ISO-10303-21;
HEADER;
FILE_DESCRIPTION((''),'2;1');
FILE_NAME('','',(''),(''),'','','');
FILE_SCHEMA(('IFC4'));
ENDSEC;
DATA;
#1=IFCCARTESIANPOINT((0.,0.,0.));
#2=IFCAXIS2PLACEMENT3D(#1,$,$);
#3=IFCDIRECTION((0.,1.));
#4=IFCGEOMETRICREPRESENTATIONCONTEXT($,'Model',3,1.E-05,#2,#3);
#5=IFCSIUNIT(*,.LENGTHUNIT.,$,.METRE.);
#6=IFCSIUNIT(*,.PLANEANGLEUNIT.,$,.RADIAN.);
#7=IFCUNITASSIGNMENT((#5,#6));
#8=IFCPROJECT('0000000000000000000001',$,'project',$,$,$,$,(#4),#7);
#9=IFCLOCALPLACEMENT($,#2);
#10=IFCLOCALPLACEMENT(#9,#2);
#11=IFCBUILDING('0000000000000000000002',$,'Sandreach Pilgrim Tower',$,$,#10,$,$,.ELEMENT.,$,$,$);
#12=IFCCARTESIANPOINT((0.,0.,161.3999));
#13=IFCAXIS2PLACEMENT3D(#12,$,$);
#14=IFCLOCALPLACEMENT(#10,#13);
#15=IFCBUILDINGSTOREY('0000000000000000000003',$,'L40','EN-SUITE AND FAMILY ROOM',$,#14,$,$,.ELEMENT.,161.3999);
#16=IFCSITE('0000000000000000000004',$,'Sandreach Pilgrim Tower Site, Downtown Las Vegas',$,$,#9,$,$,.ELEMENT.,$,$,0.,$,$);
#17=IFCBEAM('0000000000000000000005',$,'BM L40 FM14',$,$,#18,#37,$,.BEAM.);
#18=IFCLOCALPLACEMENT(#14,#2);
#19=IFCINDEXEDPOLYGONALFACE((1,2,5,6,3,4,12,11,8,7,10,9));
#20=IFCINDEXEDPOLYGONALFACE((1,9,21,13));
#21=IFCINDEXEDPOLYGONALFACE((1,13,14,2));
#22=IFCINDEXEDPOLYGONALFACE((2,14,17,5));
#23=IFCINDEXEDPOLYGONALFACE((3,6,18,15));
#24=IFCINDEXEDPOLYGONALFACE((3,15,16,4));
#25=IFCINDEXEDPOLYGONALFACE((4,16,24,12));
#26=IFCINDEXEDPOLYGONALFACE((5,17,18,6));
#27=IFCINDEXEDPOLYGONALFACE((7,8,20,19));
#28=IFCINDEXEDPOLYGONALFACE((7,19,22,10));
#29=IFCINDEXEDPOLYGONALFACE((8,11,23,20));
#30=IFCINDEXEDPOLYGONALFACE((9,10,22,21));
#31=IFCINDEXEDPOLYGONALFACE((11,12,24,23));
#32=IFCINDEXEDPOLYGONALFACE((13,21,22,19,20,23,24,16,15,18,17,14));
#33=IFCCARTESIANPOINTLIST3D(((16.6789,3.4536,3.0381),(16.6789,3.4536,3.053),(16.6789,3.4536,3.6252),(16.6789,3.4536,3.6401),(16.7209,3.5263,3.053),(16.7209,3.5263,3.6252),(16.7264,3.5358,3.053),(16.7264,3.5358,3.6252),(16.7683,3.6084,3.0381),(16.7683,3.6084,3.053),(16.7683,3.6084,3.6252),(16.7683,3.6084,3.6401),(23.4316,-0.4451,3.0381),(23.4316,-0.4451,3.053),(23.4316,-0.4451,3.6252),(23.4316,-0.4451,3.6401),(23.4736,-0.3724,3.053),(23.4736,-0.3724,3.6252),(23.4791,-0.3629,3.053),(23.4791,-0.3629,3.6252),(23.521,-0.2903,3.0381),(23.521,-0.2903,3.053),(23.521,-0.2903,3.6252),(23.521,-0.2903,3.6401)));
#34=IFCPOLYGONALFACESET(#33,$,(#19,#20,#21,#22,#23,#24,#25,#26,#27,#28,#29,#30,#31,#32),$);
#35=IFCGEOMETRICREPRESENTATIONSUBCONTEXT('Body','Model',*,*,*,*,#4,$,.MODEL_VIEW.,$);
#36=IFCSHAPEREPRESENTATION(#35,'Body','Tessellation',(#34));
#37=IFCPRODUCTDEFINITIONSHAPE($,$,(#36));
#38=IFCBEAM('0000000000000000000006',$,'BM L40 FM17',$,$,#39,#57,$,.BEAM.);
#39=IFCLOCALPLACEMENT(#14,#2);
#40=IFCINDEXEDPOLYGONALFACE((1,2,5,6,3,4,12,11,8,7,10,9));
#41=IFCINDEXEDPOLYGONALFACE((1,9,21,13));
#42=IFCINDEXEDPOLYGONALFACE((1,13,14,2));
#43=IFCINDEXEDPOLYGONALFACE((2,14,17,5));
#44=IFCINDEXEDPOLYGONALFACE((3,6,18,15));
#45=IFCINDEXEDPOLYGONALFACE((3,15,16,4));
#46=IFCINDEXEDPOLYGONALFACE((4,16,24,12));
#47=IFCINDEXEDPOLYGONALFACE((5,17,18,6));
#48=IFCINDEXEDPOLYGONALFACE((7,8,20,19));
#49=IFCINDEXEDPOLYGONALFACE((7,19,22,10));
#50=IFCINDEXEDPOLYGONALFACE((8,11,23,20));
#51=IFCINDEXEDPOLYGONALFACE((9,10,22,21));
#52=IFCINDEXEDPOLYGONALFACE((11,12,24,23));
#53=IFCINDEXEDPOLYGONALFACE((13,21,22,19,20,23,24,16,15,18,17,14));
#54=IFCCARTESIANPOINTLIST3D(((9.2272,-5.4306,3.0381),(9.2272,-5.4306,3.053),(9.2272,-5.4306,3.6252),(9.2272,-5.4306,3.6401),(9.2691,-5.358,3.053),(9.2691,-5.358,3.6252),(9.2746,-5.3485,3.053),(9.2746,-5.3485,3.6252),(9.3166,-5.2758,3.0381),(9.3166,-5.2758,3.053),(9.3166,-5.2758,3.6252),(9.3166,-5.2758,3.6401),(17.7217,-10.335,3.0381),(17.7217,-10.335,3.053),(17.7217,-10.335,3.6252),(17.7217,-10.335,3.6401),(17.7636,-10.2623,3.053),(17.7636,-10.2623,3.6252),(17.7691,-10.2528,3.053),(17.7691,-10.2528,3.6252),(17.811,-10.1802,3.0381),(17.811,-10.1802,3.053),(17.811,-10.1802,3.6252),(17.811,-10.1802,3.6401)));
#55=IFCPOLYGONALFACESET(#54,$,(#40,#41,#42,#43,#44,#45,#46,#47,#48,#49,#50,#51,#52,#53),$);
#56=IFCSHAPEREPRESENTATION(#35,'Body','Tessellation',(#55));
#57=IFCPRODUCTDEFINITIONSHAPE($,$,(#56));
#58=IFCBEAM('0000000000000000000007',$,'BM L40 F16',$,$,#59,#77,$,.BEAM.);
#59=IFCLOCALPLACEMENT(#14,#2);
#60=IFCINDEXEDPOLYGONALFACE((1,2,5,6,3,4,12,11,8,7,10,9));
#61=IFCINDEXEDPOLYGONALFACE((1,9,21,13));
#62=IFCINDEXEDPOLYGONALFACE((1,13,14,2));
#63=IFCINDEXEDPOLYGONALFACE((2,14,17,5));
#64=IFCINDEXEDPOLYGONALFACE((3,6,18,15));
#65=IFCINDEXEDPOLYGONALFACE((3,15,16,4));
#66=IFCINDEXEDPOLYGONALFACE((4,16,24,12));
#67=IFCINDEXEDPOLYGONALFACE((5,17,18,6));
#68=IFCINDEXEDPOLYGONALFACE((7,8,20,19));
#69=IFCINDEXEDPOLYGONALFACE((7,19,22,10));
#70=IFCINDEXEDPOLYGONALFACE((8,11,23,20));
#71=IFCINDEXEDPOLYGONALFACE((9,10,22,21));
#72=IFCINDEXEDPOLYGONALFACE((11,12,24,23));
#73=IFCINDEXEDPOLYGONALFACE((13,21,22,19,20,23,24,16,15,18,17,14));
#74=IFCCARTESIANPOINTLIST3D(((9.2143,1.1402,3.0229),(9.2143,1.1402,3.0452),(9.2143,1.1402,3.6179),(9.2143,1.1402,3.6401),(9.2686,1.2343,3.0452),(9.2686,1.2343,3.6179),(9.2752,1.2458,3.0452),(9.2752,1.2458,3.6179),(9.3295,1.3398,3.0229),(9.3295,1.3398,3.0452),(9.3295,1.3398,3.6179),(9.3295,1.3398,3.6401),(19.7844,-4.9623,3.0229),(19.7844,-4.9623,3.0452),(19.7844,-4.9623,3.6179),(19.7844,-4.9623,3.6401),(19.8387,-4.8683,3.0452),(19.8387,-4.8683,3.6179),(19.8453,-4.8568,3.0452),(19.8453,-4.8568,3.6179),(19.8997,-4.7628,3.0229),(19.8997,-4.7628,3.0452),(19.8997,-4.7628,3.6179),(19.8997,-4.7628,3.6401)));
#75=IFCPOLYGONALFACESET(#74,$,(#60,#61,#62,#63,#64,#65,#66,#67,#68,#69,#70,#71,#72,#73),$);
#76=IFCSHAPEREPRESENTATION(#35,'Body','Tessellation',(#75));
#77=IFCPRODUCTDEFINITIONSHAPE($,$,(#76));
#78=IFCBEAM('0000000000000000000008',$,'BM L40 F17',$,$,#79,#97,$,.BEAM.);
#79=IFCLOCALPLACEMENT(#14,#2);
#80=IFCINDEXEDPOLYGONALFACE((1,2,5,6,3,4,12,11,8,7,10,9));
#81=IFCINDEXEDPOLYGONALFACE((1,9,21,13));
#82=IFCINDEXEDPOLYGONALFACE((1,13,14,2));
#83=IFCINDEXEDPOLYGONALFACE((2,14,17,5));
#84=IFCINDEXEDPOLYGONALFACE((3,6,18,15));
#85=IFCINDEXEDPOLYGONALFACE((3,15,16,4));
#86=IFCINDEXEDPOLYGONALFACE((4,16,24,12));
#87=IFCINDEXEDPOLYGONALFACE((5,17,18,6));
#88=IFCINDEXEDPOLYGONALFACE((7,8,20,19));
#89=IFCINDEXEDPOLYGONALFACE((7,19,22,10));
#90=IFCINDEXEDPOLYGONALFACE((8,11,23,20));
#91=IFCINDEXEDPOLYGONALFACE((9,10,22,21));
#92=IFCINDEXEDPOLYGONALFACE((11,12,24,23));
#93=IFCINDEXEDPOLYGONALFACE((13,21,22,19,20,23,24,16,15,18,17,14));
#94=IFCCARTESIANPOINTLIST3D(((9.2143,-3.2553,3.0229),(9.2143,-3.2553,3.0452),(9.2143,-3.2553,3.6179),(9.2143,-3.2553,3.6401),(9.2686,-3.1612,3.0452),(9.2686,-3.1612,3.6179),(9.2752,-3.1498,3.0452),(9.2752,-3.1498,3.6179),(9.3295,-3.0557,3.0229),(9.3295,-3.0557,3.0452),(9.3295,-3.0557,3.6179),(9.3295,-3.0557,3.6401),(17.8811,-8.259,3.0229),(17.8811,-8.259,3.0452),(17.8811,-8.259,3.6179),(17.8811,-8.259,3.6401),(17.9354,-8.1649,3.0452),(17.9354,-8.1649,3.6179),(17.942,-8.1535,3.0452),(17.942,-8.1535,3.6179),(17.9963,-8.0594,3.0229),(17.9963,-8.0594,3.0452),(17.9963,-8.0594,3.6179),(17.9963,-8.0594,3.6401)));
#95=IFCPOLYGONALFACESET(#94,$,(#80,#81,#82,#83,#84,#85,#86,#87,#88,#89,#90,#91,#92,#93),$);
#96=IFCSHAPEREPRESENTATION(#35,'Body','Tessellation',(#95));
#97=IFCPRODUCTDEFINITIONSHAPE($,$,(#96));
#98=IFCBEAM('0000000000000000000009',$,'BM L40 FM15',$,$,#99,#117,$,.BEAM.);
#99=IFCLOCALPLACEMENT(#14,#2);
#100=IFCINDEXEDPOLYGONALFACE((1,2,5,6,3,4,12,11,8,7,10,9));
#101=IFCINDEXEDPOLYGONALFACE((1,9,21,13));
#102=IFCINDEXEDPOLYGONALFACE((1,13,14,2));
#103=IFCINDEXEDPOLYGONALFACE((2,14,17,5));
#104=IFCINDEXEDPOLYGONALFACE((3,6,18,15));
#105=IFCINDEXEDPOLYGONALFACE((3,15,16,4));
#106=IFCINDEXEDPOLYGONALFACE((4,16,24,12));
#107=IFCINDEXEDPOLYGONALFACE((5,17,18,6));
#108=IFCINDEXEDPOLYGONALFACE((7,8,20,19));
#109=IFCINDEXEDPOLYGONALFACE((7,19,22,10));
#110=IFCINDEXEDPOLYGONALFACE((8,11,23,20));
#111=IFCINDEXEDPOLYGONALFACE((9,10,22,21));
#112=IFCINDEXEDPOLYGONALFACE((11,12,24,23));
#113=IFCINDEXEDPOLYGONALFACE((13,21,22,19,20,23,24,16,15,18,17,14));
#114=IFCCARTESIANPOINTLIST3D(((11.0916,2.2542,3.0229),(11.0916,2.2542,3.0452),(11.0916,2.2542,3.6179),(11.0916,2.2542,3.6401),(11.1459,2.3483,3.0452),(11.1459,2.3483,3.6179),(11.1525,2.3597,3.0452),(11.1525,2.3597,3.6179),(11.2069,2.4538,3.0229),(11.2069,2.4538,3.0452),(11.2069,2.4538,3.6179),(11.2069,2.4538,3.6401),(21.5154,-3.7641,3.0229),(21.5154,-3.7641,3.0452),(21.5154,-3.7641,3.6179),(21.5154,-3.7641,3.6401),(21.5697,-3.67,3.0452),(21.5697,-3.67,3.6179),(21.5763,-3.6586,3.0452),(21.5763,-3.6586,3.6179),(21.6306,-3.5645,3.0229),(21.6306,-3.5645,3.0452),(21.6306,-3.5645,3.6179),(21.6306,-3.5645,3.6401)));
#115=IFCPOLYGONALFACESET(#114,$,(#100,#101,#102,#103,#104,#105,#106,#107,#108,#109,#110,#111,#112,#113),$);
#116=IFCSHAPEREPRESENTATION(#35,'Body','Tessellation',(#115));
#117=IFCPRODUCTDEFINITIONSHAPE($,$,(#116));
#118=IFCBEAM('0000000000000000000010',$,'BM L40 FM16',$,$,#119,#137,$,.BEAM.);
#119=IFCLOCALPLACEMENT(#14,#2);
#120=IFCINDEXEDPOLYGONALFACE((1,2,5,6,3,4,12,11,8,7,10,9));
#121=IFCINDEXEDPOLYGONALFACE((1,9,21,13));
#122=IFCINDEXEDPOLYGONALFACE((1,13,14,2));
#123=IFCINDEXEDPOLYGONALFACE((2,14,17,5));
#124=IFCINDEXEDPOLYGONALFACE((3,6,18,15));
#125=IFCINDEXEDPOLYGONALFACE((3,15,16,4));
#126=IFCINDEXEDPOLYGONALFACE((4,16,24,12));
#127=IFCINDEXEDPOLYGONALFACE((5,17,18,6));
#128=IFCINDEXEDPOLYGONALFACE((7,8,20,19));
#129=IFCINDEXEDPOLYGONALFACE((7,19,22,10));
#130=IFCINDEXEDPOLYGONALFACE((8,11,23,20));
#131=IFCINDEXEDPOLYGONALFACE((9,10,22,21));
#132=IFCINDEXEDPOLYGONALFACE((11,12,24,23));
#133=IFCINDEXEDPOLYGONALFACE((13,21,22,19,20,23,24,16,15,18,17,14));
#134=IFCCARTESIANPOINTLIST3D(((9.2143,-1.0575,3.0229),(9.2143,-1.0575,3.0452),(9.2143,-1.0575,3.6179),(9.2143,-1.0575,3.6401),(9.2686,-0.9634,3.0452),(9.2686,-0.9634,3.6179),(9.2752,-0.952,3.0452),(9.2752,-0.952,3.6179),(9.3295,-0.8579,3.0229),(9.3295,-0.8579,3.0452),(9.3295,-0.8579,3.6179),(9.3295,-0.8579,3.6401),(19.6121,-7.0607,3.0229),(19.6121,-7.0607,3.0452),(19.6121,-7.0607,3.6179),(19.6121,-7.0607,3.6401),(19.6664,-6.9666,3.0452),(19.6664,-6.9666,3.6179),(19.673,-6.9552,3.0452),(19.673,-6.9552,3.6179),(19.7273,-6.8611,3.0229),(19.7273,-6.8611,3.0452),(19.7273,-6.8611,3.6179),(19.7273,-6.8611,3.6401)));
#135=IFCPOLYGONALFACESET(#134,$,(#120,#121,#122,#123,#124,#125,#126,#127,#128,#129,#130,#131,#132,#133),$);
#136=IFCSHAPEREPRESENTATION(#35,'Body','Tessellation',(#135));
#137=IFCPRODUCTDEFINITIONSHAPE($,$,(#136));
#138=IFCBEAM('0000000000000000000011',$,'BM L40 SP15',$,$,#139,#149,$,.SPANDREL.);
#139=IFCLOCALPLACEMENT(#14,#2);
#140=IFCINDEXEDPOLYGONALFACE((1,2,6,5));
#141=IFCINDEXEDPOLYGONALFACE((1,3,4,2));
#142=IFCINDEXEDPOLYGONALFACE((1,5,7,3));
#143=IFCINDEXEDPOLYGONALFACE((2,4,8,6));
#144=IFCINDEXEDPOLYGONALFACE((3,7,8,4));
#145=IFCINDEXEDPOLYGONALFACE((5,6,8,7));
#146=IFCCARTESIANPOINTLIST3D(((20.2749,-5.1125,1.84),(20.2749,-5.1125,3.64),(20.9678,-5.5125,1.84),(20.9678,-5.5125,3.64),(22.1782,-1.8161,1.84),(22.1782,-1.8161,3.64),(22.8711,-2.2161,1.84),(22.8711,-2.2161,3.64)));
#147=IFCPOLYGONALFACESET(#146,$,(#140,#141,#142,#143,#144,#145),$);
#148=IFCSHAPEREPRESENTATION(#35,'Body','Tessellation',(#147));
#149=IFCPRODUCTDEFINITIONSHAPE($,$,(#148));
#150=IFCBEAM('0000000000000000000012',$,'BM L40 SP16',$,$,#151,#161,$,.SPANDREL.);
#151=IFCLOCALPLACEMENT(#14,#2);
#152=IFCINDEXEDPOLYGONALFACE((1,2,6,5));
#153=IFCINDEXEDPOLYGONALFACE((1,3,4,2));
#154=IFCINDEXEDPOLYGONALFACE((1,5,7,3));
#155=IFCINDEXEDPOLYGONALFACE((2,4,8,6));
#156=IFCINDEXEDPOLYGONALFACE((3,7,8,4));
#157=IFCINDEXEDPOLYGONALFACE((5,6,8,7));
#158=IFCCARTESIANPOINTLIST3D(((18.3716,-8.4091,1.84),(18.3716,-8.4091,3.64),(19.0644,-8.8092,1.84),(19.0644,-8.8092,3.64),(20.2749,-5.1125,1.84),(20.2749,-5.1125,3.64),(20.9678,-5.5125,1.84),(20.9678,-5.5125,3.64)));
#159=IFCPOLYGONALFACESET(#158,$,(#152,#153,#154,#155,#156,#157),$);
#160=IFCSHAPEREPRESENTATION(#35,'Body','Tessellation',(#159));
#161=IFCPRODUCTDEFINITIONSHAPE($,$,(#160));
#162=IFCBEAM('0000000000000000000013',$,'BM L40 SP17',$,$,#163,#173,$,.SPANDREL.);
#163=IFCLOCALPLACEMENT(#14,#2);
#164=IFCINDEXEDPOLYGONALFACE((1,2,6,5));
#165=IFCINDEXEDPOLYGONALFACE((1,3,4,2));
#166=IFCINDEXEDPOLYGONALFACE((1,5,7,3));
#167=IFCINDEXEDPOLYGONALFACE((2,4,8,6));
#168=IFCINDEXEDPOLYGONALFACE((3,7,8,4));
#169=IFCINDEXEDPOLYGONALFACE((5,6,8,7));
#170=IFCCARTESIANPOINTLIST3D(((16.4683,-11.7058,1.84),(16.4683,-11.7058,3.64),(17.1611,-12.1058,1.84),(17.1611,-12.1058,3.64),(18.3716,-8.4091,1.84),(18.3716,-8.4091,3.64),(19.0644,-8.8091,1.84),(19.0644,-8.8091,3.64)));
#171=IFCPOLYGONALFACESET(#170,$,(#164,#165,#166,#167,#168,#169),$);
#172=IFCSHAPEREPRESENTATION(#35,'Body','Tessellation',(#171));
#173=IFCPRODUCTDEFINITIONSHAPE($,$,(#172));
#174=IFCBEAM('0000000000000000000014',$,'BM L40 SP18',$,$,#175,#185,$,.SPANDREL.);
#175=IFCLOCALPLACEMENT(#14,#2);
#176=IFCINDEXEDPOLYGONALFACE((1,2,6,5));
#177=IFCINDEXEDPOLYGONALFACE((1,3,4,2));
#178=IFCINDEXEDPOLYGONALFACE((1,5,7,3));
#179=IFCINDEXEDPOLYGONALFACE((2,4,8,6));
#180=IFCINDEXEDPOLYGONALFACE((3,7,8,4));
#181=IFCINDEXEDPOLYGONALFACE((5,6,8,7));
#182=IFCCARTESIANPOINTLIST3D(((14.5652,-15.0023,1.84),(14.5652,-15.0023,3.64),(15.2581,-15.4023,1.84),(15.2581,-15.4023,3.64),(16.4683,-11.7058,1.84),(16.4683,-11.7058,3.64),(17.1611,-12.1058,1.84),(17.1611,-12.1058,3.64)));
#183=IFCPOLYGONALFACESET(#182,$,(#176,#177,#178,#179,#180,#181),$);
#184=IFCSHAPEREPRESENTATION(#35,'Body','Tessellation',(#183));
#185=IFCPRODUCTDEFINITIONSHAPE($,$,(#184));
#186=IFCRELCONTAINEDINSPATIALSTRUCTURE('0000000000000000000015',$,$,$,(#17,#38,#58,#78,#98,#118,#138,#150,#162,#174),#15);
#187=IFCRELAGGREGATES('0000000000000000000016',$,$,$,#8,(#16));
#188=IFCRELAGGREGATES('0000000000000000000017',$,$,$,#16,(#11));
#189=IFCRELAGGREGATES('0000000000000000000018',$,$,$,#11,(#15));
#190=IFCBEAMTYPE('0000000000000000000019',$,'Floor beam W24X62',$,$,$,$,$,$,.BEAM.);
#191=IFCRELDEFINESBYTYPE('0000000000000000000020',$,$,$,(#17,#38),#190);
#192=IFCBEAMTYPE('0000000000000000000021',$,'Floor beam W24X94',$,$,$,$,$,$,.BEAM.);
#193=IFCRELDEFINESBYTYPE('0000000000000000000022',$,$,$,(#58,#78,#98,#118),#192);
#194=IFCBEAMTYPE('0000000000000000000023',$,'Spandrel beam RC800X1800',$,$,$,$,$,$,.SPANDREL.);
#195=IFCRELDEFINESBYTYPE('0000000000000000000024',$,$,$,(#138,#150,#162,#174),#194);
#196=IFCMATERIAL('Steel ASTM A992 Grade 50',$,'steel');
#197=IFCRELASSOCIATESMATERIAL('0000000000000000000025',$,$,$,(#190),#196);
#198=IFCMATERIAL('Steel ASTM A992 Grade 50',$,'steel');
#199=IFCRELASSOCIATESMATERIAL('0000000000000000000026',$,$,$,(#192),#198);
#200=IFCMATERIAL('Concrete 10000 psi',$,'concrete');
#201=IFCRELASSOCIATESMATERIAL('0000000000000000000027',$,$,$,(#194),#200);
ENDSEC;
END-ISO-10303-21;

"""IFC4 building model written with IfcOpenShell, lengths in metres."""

from ifc_helpers import new_model, si_unit, direction, frame, origin, origin_2d, place, context, subcontext, project, spatial, rectangle, i_section, extrude, material, material_profile, profile_set, type_object, element, save


model = new_model("IFC4")

# Units and contexts
model_context = context("Model", 3, precision=1e-05, world=origin(), true_north=direction((0.0, 1.0)))
body_context = subcontext(model_context, "Body", "Model", "MODEL_VIEW")
ifc_project = project(units=[si_unit("LENGTHUNIT", "METRE"), si_unit("PLANEANGLEUNIT", "RADIAN")], contexts=[model_context])

# Site, building, storey
site_placement = place(None, origin())
site = spatial("IfcSite", under=ifc_project, at=site_placement, Name="Sandreach Pilgrim Tower Site, Downtown Las Vegas", CompositionType="ELEMENT", RefElevation=0.0)
building_placement = place(site_placement, origin())
building = spatial("IfcBuilding", under=site, at=building_placement, Name="Sandreach Pilgrim Tower", CompositionType="ELEMENT")
storey_placement = place(building_placement, frame((0.0, 0.0, 161.3999)))
storey = spatial("IfcBuildingStorey", under=building, at=storey_placement, Name="L40", Description="EN-SUITE AND FAMILY ROOM", CompositionType="ELEMENT", Elevation=161.3999)

# Beams
ifc_material_1 = material(Name="Steel ASTM A992 Grade 50", Category="steel")
ifc_material_profile_1 = material_profile(ifc_material_1, i_section(OverallWidth=0.1787, OverallDepth=0.6021, WebThickness=0.011, FlangeThickness=0.0149, at=origin_2d()), Name="W24X62")
ifc_profile_set_1 = profile_set([ifc_material_profile_1], Name="Steel ASTM A992 Grade 50")
beam_type_1 = type_object("IfcBeamType", Name="Floor beam W24X62", PredefinedType="BEAM", material=ifc_profile_set_1)
beam_1_placement = place(storey_placement, frame((23.4763, -0.3677, 3.3391), z_axis=(-0.866024, 0.500002, 0.0), x_axis=(-0.500002, -0.866024, 0.0)))
element("IfcBeam", 1, at=beam_1_placement, inside=storey, type_object=beam_type_1, Name="BM L40 FM14", PredefinedType="BEAM", context=body_context, shape_type="SweptSolid", body=[
    extrude(i_section(OverallWidth=0.1787, OverallDepth=0.6021, WebThickness=0.011, FlangeThickness=0.0149, at=origin_2d()), origin(), (0.0, 0.0, 1.0), 7.7974),
])
beam_2_placement = place(storey_placement, frame((17.7664, -10.2576, 3.3391), z_axis=(-0.866023, 0.500005, 0.0), x_axis=(-0.500005, -0.866023, 0.0)))
element("IfcBeam", 2, at=beam_2_placement, inside=storey, type_object=beam_type_1, Name="BM L40 FM17", PredefinedType="BEAM", context=body_context, shape_type="SweptSolid", body=[
    extrude(i_section(OverallWidth=0.1787, OverallDepth=0.6021, WebThickness=0.011, FlangeThickness=0.0149, at=origin_2d()), origin(), (0.0, 0.0, 1.0), 9.8086),
])
ifc_material_2 = material(Name="Steel ASTM A992 Grade 50", Category="steel")
ifc_material_profile_2 = material_profile(ifc_material_2, i_section(OverallWidth=0.2305, OverallDepth=0.6172, WebThickness=0.0132, FlangeThickness=0.0222, at=origin_2d()), Name="W24X94")
ifc_profile_set_2 = profile_set([ifc_material_profile_2], Name="Steel ASTM A992 Grade 50")
beam_type_2 = type_object("IfcBeamType", Name="Floor beam W24X94", PredefinedType="BEAM", material=ifc_profile_set_2)
beam_3_placement = place(storey_placement, frame((19.842, -4.8625, 3.3315), z_axis=(-0.866029, 0.499994, 0.0), x_axis=(-0.499994, -0.866029, 0.0)))
element("IfcBeam", 3, at=beam_3_placement, inside=storey, type_object=beam_type_2, Name="BM L40 F16", PredefinedType="BEAM", context=body_context, shape_type="SweptSolid", body=[
    extrude(i_section(OverallWidth=0.2305, OverallDepth=0.6172, WebThickness=0.0132, FlangeThickness=0.0222, at=origin_2d()), origin(), (0.0, 0.0, 1.0), 12.2053),
])
beam_4_placement = place(storey_placement, frame((17.9387, -8.1592, 3.3315), z_axis=(-0.866029, 0.499993, 0.0), x_axis=(-0.499993, -0.866029, 0.0)))
element("IfcBeam", 4, at=beam_4_placement, inside=storey, type_object=beam_type_2, Name="BM L40 F17", PredefinedType="BEAM", context=body_context, shape_type="SweptSolid", body=[
    extrude(i_section(OverallWidth=0.2305, OverallDepth=0.6172, WebThickness=0.0132, FlangeThickness=0.0222, at=origin_2d()), origin(), (0.0, 0.0, 1.0), 10.0076),
])
beam_5_placement = place(storey_placement, frame((21.573, -3.6643, 3.3315), z_axis=(-0.866021, 0.500007, 0.0), x_axis=(-0.500007, -0.866021, 0.0)))
element("IfcBeam", 5, at=beam_5_placement, inside=storey, type_object=beam_type_2, Name="BM L40 FM15", PredefinedType="BEAM", context=body_context, shape_type="SweptSolid", body=[
    extrude(i_section(OverallWidth=0.2305, OverallDepth=0.6172, WebThickness=0.0132, FlangeThickness=0.0222, at=origin_2d()), origin(), (0.0, 0.0, 1.0), 12.0364),
])
beam_6_placement = place(storey_placement, frame((19.6697, -6.9609, 3.3315), z_axis=(-0.866023, 0.500003, 0.0), x_axis=(-0.500003, -0.866023, 0.0)))
element("IfcBeam", 6, at=beam_6_placement, inside=storey, type_object=beam_type_2, Name="BM L40 FM16", PredefinedType="BEAM", context=body_context, shape_type="SweptSolid", body=[
    extrude(i_section(OverallWidth=0.2305, OverallDepth=0.6172, WebThickness=0.0132, FlangeThickness=0.0222, at=origin_2d()), origin(), (0.0, 0.0, 1.0), 12.0063),
])
ifc_material_3 = material(Name="Concrete 10000 psi", Category="concrete")
ifc_material_profile_3 = material_profile(ifc_material_3, rectangle(XDim=0.8, YDim=1.8, at=origin_2d()), Name="RC800X1800")
ifc_profile_set_3 = profile_set([ifc_material_profile_3], Name="Concrete 10000 psi")
beam_type_3 = type_object("IfcBeamType", Name="Spandrel beam RC800X1800", PredefinedType="SPANDREL", material=ifc_profile_set_3)
beam_7_placement = place(storey_placement, frame((22.5247, -2.0161, 2.74), z_axis=(-0.50003, -0.866008, 0.0), x_axis=(0.866008, -0.50003, 0.0)))
element("IfcBeam", 7, at=beam_7_placement, inside=storey, type_object=beam_type_3, Name="BM L40 SP15", PredefinedType="SPANDREL", context=body_context, shape_type="SweptSolid", body=[
    extrude(rectangle(XDim=0.8, YDim=1.8, at=origin_2d()), origin(), (0.0, 0.0, 1.0), 3.8064),
])
for number, where, z_axis, x_axis, name in (
    (8, (20.6213, -5.3125, 2.74), (-0.500002, -0.866024, 0.0), (0.866024, -0.500002, 0.0), "BM L40 SP16"),
    (9, (18.718, -8.6091, 2.74), (-0.500002, -0.866024, 0.0), (0.866024, -0.500002, 0.0), "BM L40 SP17"),
):
    element("IfcBeam", number, at=place(storey_placement, frame(where, z_axis=z_axis, x_axis=x_axis)), inside=storey, type_object=beam_type_3, Name=name, PredefinedType="SPANDREL", context=body_context, shape_type="SweptSolid", body=[
        extrude(rectangle(XDim=0.8, YDim=1.8, at=origin_2d()), origin(), (0.0, 0.0, 1.0), 3.8066),
    ])
beam_8_placement = place(storey_placement, frame((16.8147, -11.9058, 2.74), z_axis=(-0.499954, -0.866052, 0.0), x_axis=(0.866052, -0.499954, 0.0)))
element("IfcBeam", 10, at=beam_8_placement, inside=storey, type_object=beam_type_3, Name="BM L40 SP18", PredefinedType="SPANDREL", context=body_context, shape_type="SweptSolid", body=[
    extrude(rectangle(XDim=0.8, YDim=1.8, at=origin_2d()), origin(), (0.0, 0.0, 1.0), 3.8064),
])

save(model, "model.ifc")
